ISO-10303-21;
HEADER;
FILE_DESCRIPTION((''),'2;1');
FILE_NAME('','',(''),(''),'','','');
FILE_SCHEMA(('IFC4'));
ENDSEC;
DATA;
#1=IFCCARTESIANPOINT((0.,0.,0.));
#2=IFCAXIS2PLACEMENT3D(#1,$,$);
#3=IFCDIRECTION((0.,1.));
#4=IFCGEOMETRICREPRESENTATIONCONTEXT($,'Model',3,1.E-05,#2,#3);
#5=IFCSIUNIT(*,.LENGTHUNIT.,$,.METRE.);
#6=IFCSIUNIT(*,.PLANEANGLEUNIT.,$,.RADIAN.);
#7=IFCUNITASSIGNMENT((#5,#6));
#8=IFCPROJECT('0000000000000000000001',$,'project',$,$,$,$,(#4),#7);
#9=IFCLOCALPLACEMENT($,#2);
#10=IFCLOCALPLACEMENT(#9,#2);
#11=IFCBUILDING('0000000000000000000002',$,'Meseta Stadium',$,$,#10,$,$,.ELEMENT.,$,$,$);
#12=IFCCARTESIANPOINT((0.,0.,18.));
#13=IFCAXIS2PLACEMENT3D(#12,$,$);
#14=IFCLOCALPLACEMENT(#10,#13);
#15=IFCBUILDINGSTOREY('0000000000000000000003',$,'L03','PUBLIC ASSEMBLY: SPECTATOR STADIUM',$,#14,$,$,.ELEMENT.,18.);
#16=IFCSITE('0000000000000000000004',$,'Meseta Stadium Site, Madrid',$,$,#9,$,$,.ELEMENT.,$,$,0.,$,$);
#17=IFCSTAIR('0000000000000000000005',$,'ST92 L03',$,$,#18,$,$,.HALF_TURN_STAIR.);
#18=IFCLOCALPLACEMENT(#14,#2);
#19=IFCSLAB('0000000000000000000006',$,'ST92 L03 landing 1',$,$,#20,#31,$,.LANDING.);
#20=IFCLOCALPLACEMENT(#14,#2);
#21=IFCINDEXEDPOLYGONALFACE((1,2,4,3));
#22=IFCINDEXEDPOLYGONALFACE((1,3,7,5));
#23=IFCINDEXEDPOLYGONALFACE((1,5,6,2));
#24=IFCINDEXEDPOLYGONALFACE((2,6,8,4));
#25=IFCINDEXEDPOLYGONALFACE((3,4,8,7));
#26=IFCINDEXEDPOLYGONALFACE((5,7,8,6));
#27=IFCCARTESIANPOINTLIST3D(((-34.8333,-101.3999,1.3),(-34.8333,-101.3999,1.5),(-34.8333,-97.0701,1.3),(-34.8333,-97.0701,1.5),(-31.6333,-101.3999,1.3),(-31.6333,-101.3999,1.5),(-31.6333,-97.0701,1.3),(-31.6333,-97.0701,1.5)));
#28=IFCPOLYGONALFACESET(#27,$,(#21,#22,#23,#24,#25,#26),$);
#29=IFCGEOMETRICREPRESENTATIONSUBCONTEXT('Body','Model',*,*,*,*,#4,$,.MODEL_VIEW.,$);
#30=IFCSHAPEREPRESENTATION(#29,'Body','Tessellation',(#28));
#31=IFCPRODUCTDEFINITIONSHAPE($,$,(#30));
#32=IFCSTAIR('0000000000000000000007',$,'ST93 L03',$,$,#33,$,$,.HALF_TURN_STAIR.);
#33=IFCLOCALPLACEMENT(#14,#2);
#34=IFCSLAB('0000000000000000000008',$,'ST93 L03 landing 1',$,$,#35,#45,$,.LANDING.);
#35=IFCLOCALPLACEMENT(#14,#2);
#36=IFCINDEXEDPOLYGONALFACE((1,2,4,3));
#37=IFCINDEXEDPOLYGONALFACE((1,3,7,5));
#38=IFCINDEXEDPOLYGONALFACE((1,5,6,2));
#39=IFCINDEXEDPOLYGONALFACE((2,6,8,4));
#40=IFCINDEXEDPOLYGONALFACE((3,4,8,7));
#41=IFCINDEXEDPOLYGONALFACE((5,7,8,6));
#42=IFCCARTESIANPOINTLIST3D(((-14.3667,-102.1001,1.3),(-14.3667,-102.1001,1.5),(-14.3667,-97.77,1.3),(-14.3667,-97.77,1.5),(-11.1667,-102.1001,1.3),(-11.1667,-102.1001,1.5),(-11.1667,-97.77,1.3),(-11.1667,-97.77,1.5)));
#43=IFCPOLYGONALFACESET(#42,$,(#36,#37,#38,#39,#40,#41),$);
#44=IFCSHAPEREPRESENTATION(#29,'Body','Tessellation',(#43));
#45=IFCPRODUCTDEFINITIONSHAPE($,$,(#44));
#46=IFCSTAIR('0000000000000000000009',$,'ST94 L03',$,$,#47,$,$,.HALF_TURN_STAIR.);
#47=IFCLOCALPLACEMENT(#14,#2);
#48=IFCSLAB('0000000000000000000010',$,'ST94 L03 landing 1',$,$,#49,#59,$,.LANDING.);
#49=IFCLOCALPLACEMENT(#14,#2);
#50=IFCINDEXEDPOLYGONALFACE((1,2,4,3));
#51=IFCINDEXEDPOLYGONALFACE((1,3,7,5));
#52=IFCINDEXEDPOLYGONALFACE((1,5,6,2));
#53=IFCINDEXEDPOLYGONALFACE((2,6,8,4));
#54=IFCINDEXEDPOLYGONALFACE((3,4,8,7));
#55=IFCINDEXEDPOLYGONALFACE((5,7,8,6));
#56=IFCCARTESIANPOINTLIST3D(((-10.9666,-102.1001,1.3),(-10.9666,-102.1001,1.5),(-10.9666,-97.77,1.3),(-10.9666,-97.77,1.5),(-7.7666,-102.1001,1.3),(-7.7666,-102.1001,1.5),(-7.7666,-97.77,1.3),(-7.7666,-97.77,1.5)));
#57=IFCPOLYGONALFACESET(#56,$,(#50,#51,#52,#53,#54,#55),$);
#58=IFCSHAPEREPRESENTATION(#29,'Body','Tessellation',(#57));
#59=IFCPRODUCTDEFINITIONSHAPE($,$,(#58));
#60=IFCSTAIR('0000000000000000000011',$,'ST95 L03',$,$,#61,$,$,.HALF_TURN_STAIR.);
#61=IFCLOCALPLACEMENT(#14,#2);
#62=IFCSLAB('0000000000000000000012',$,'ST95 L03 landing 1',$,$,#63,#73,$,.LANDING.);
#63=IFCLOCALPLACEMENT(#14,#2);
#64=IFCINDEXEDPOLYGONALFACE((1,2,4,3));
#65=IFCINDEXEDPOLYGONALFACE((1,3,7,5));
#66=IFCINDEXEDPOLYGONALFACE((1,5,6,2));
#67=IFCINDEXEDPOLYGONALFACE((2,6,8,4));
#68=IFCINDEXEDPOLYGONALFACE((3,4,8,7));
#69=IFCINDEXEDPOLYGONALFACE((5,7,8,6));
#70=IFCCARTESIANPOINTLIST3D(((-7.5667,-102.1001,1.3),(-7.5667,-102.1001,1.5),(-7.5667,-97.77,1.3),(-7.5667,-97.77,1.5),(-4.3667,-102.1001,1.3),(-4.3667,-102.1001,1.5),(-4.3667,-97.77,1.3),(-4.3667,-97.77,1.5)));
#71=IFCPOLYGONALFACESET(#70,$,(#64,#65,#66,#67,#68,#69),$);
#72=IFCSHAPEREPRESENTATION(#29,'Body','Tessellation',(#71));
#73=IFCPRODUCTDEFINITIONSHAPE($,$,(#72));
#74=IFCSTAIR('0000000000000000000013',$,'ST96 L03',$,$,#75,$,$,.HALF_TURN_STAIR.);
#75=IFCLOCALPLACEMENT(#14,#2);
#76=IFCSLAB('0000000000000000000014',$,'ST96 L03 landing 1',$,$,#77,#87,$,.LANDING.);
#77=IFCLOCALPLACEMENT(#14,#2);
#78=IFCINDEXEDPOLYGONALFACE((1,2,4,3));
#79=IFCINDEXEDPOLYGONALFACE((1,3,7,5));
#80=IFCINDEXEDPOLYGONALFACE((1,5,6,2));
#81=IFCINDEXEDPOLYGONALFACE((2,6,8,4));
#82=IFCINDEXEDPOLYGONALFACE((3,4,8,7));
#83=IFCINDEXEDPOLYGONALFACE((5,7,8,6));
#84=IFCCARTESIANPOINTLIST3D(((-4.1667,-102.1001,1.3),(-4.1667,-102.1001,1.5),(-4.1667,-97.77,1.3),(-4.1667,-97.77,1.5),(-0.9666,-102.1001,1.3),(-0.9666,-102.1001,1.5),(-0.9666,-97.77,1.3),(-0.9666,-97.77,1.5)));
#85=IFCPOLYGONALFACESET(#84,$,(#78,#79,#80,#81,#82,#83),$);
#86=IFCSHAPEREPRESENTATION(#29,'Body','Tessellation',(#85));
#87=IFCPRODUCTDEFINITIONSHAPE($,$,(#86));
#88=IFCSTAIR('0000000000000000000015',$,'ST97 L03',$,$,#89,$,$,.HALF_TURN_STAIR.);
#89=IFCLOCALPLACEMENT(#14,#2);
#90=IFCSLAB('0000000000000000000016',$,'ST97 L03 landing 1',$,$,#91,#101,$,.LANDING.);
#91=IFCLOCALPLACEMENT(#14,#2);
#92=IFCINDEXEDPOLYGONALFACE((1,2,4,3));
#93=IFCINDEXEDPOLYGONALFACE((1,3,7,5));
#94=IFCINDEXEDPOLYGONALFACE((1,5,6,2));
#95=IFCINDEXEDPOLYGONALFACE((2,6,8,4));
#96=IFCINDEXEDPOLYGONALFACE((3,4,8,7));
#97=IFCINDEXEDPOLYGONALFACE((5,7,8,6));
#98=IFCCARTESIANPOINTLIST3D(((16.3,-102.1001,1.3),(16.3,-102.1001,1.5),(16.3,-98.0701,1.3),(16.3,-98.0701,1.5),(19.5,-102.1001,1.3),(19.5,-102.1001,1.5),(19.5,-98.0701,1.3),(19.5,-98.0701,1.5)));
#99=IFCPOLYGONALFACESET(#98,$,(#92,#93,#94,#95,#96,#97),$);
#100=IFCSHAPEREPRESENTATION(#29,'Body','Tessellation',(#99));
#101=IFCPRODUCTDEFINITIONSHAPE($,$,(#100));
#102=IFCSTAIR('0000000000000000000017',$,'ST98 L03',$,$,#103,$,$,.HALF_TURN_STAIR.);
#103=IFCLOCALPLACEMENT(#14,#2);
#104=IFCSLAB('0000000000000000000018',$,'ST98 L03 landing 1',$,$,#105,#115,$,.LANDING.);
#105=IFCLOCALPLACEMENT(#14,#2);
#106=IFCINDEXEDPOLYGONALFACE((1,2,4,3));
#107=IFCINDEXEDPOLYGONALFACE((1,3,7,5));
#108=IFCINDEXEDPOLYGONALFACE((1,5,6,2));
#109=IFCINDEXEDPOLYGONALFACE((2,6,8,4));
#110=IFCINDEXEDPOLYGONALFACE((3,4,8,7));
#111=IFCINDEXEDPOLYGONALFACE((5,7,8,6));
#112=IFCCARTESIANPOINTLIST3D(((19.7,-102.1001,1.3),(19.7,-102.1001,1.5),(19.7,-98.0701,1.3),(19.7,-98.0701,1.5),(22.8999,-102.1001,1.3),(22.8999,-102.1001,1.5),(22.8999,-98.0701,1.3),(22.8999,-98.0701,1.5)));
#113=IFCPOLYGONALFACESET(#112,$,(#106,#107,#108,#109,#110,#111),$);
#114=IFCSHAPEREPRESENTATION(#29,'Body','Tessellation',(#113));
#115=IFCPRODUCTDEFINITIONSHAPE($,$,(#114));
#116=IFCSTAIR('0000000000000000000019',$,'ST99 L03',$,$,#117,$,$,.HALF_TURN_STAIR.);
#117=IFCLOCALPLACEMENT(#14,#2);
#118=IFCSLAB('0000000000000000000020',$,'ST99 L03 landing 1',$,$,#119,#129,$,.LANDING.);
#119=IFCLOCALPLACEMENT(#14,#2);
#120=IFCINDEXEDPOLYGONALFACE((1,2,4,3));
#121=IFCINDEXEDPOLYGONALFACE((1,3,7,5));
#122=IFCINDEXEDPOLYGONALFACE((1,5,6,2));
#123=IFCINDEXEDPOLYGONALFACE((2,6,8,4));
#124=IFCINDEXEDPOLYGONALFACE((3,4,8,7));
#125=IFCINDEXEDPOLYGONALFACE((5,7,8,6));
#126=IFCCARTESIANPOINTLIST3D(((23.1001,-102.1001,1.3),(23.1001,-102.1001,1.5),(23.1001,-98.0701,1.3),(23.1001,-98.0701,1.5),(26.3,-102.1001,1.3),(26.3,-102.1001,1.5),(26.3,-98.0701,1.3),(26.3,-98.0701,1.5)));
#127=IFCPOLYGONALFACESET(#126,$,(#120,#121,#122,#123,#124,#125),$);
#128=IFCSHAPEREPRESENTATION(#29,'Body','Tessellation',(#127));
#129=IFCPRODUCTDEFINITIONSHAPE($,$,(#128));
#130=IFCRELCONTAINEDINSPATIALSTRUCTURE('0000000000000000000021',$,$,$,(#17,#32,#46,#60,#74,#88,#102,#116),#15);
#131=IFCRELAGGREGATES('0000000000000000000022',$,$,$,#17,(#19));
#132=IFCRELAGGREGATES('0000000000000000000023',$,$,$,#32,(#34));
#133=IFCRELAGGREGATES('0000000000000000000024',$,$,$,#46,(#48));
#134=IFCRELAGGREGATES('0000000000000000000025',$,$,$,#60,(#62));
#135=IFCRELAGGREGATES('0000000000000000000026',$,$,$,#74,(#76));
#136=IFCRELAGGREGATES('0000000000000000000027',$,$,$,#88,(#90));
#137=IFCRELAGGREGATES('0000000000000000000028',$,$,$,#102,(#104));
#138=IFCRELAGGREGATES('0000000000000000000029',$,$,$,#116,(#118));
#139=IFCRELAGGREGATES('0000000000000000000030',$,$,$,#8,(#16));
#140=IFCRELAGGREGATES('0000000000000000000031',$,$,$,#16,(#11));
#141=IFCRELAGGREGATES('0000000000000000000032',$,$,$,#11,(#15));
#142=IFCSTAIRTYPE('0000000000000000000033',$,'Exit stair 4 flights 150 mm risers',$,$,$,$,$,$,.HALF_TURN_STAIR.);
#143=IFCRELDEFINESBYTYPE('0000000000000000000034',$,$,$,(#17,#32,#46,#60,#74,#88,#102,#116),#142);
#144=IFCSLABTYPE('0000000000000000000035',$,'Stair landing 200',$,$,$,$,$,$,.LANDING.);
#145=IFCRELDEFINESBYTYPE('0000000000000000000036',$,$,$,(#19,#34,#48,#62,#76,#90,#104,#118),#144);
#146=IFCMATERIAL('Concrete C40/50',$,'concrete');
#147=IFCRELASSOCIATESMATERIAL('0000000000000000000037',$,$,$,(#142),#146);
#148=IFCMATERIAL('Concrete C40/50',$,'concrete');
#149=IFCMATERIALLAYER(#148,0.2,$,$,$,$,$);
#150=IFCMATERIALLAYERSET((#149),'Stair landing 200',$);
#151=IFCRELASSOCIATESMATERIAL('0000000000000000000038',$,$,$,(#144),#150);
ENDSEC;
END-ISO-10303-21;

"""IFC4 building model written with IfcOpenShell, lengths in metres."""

from ifc_helpers import new_model, si_unit, direction, frame, origin, place, context, subcontext, project, spatial, polyline, outline, extrude, material, layer, layer_set, type_object, element, aggregate, save


model = new_model("IFC4")

# Units and contexts
model_context = context("Model", 3, precision=1e-05, world=origin(), true_north=direction((0.0, 1.0)))
body_context = subcontext(model_context, "Body", "Model", "MODEL_VIEW")
ifc_project = project(units=[si_unit("LENGTHUNIT", "METRE"), si_unit("PLANEANGLEUNIT", "RADIAN")], contexts=[model_context])

# Site, building, storey
site_placement = place(None, origin())
site = spatial("IfcSite", under=ifc_project, at=site_placement, Name="Meseta Stadium Site, Madrid", CompositionType="ELEMENT", RefElevation=0.0)
building_placement = place(site_placement, origin())
building = spatial("IfcBuilding", under=site, at=building_placement, Name="Meseta Stadium", CompositionType="ELEMENT")
storey_placement = place(building_placement, frame((0.0, 0.0, 18.0)))
storey = spatial("IfcBuildingStorey", under=building, at=storey_placement, Name="L03", Description="PUBLIC ASSEMBLY: SPECTATOR STADIUM", CompositionType="ELEMENT", Elevation=18.0)

# Stairs, slabs
ifc_material_1 = material(Name="Concrete C40/50", Category="concrete")
stair_type = type_object("IfcStairType", Name="Exit stair 4 flights 150 mm risers", PredefinedType="HALF_TURN_STAIR", material=ifc_material_1)
ifc_material_2 = material(Name="Concrete C40/50", Category="concrete")
ifc_layer = layer(ifc_material_2, 0.2)
ifc_layer_set = layer_set([ifc_layer], Name="Stair landing 200")
slab_type = type_object("IfcSlabType", Name="Stair landing 200", PredefinedType="LANDING", material=ifc_layer_set)
stair_1_placement = place(storey_placement, origin())
stair_1 = element("IfcStair", 1, at=stair_1_placement, inside=storey, type_object=stair_type, Name="ST92 L03", PredefinedType="HALF_TURN_STAIR")
slab_1_placement = place(storey_placement, frame((0.0, 0.0, 1.3)))
slab_1 = element("IfcSlab", 2, at=slab_1_placement, type_object=slab_type, Name="ST92 L03 landing 1", PredefinedType="LANDING", context=body_context, shape_type="SweptSolid", body=[
    extrude(outline(polyline([(-34.8333, -97.0701), (-34.8333, -101.3999), (-31.6333, -101.3999), (-31.6333, -97.0701), (-34.8333, -97.0701)])), origin(), (0.0, 0.0, 1.0), 0.2),
])
aggregate(stair_1, [slab_1])
stair_2_placement = place(storey_placement, origin())
stair_2 = element("IfcStair", 3, at=stair_2_placement, inside=storey, type_object=stair_type, Name="ST93 L03", PredefinedType="HALF_TURN_STAIR")
slab_2_placement = place(storey_placement, frame((0.0, 0.0, 1.3)))
slab_2 = element("IfcSlab", 4, at=slab_2_placement, type_object=slab_type, Name="ST93 L03 landing 1", PredefinedType="LANDING", context=body_context, shape_type="SweptSolid", body=[
    extrude(outline(polyline([(-14.3667, -97.77), (-14.3667, -102.1001), (-11.1667, -102.1001), (-11.1667, -97.77), (-14.3667, -97.77)])), origin(), (0.0, 0.0, 1.0), 0.2),
])
aggregate(stair_2, [slab_2])
stair_3_placement = place(storey_placement, origin())
stair_3 = element("IfcStair", 5, at=stair_3_placement, inside=storey, type_object=stair_type, Name="ST94 L03", PredefinedType="HALF_TURN_STAIR")
slab_3_placement = place(storey_placement, frame((0.0, 0.0, 1.3)))
slab_3 = element("IfcSlab", 6, at=slab_3_placement, type_object=slab_type, Name="ST94 L03 landing 1", PredefinedType="LANDING", context=body_context, shape_type="SweptSolid", body=[
    extrude(outline(polyline([(-10.9666, -97.77), (-10.9666, -102.1001), (-7.7666, -102.1001), (-7.7666, -97.77), (-10.9666, -97.77)])), origin(), (0.0, 0.0, 1.0), 0.2),
])
aggregate(stair_3, [slab_3])
stair_4_placement = place(storey_placement, origin())
stair_4 = element("IfcStair", 7, at=stair_4_placement, inside=storey, type_object=stair_type, Name="ST95 L03", PredefinedType="HALF_TURN_STAIR")
slab_4_placement = place(storey_placement, frame((0.0, 0.0, 1.3)))
slab_4 = element("IfcSlab", 8, at=slab_4_placement, type_object=slab_type, Name="ST95 L03 landing 1", PredefinedType="LANDING", context=body_context, shape_type="SweptSolid", body=[
    extrude(outline(polyline([(-7.5667, -97.77), (-7.5667, -102.1001), (-4.3667, -102.1001), (-4.3667, -97.77), (-7.5667, -97.77)])), origin(), (0.0, 0.0, 1.0), 0.2),
])
aggregate(stair_4, [slab_4])
stair_5_placement = place(storey_placement, origin())
stair_5 = element("IfcStair", 9, at=stair_5_placement, inside=storey, type_object=stair_type, Name="ST96 L03", PredefinedType="HALF_TURN_STAIR")
slab_5_placement = place(storey_placement, frame((0.0, 0.0, 1.3)))
slab_5 = element("IfcSlab", 10, at=slab_5_placement, type_object=slab_type, Name="ST96 L03 landing 1", PredefinedType="LANDING", context=body_context, shape_type="SweptSolid", body=[
    extrude(outline(polyline([(-4.1667, -97.77), (-4.1667, -102.1001), (-0.9666, -102.1001), (-0.9666, -97.77), (-4.1667, -97.77)])), origin(), (0.0, 0.0, 1.0), 0.2),
])
aggregate(stair_5, [slab_5])
stair_6_placement = place(storey_placement, origin())
stair_6 = element("IfcStair", 11, at=stair_6_placement, inside=storey, type_object=stair_type, Name="ST97 L03", PredefinedType="HALF_TURN_STAIR")
slab_6_placement = place(storey_placement, frame((0.0, 0.0, 1.3)))
slab_6 = element("IfcSlab", 12, at=slab_6_placement, type_object=slab_type, Name="ST97 L03 landing 1", PredefinedType="LANDING", context=body_context, shape_type="SweptSolid", body=[
    extrude(outline(polyline([(16.3, -98.0701), (16.3, -102.1001), (19.5, -102.1001), (19.5, -98.0701), (16.3, -98.0701)])), origin(), (0.0, 0.0, 1.0), 0.2),
])
aggregate(stair_6, [slab_6])
stair_7_placement = place(storey_placement, origin())
stair_7 = element("IfcStair", 13, at=stair_7_placement, inside=storey, type_object=stair_type, Name="ST98 L03", PredefinedType="HALF_TURN_STAIR")
slab_7_placement = place(storey_placement, frame((0.0, 0.0, 1.3)))
slab_7 = element("IfcSlab", 14, at=slab_7_placement, type_object=slab_type, Name="ST98 L03 landing 1", PredefinedType="LANDING", context=body_context, shape_type="SweptSolid", body=[
    extrude(outline(polyline([(19.7, -98.0701), (19.7, -102.1001), (22.8999, -102.1001), (22.8999, -98.0701), (19.7, -98.0701)])), origin(), (0.0, 0.0, 1.0), 0.2),
])
aggregate(stair_7, [slab_7])
stair_8_placement = place(storey_placement, origin())
stair_8 = element("IfcStair", 15, at=stair_8_placement, inside=storey, type_object=stair_type, Name="ST99 L03", PredefinedType="HALF_TURN_STAIR")
slab_8_placement = place(storey_placement, frame((0.0, 0.0, 1.3)))
slab_8 = element("IfcSlab", 16, at=slab_8_placement, type_object=slab_type, Name="ST99 L03 landing 1", PredefinedType="LANDING", context=body_context, shape_type="SweptSolid", body=[
    extrude(outline(polyline([(23.1001, -98.0701), (23.1001, -102.1001), (26.3, -102.1001), (26.3, -98.0701), (23.1001, -98.0701)])), origin(), (0.0, 0.0, 1.0), 0.2),
])
aggregate(stair_8, [slab_8])

save(model, "model.ifc")
